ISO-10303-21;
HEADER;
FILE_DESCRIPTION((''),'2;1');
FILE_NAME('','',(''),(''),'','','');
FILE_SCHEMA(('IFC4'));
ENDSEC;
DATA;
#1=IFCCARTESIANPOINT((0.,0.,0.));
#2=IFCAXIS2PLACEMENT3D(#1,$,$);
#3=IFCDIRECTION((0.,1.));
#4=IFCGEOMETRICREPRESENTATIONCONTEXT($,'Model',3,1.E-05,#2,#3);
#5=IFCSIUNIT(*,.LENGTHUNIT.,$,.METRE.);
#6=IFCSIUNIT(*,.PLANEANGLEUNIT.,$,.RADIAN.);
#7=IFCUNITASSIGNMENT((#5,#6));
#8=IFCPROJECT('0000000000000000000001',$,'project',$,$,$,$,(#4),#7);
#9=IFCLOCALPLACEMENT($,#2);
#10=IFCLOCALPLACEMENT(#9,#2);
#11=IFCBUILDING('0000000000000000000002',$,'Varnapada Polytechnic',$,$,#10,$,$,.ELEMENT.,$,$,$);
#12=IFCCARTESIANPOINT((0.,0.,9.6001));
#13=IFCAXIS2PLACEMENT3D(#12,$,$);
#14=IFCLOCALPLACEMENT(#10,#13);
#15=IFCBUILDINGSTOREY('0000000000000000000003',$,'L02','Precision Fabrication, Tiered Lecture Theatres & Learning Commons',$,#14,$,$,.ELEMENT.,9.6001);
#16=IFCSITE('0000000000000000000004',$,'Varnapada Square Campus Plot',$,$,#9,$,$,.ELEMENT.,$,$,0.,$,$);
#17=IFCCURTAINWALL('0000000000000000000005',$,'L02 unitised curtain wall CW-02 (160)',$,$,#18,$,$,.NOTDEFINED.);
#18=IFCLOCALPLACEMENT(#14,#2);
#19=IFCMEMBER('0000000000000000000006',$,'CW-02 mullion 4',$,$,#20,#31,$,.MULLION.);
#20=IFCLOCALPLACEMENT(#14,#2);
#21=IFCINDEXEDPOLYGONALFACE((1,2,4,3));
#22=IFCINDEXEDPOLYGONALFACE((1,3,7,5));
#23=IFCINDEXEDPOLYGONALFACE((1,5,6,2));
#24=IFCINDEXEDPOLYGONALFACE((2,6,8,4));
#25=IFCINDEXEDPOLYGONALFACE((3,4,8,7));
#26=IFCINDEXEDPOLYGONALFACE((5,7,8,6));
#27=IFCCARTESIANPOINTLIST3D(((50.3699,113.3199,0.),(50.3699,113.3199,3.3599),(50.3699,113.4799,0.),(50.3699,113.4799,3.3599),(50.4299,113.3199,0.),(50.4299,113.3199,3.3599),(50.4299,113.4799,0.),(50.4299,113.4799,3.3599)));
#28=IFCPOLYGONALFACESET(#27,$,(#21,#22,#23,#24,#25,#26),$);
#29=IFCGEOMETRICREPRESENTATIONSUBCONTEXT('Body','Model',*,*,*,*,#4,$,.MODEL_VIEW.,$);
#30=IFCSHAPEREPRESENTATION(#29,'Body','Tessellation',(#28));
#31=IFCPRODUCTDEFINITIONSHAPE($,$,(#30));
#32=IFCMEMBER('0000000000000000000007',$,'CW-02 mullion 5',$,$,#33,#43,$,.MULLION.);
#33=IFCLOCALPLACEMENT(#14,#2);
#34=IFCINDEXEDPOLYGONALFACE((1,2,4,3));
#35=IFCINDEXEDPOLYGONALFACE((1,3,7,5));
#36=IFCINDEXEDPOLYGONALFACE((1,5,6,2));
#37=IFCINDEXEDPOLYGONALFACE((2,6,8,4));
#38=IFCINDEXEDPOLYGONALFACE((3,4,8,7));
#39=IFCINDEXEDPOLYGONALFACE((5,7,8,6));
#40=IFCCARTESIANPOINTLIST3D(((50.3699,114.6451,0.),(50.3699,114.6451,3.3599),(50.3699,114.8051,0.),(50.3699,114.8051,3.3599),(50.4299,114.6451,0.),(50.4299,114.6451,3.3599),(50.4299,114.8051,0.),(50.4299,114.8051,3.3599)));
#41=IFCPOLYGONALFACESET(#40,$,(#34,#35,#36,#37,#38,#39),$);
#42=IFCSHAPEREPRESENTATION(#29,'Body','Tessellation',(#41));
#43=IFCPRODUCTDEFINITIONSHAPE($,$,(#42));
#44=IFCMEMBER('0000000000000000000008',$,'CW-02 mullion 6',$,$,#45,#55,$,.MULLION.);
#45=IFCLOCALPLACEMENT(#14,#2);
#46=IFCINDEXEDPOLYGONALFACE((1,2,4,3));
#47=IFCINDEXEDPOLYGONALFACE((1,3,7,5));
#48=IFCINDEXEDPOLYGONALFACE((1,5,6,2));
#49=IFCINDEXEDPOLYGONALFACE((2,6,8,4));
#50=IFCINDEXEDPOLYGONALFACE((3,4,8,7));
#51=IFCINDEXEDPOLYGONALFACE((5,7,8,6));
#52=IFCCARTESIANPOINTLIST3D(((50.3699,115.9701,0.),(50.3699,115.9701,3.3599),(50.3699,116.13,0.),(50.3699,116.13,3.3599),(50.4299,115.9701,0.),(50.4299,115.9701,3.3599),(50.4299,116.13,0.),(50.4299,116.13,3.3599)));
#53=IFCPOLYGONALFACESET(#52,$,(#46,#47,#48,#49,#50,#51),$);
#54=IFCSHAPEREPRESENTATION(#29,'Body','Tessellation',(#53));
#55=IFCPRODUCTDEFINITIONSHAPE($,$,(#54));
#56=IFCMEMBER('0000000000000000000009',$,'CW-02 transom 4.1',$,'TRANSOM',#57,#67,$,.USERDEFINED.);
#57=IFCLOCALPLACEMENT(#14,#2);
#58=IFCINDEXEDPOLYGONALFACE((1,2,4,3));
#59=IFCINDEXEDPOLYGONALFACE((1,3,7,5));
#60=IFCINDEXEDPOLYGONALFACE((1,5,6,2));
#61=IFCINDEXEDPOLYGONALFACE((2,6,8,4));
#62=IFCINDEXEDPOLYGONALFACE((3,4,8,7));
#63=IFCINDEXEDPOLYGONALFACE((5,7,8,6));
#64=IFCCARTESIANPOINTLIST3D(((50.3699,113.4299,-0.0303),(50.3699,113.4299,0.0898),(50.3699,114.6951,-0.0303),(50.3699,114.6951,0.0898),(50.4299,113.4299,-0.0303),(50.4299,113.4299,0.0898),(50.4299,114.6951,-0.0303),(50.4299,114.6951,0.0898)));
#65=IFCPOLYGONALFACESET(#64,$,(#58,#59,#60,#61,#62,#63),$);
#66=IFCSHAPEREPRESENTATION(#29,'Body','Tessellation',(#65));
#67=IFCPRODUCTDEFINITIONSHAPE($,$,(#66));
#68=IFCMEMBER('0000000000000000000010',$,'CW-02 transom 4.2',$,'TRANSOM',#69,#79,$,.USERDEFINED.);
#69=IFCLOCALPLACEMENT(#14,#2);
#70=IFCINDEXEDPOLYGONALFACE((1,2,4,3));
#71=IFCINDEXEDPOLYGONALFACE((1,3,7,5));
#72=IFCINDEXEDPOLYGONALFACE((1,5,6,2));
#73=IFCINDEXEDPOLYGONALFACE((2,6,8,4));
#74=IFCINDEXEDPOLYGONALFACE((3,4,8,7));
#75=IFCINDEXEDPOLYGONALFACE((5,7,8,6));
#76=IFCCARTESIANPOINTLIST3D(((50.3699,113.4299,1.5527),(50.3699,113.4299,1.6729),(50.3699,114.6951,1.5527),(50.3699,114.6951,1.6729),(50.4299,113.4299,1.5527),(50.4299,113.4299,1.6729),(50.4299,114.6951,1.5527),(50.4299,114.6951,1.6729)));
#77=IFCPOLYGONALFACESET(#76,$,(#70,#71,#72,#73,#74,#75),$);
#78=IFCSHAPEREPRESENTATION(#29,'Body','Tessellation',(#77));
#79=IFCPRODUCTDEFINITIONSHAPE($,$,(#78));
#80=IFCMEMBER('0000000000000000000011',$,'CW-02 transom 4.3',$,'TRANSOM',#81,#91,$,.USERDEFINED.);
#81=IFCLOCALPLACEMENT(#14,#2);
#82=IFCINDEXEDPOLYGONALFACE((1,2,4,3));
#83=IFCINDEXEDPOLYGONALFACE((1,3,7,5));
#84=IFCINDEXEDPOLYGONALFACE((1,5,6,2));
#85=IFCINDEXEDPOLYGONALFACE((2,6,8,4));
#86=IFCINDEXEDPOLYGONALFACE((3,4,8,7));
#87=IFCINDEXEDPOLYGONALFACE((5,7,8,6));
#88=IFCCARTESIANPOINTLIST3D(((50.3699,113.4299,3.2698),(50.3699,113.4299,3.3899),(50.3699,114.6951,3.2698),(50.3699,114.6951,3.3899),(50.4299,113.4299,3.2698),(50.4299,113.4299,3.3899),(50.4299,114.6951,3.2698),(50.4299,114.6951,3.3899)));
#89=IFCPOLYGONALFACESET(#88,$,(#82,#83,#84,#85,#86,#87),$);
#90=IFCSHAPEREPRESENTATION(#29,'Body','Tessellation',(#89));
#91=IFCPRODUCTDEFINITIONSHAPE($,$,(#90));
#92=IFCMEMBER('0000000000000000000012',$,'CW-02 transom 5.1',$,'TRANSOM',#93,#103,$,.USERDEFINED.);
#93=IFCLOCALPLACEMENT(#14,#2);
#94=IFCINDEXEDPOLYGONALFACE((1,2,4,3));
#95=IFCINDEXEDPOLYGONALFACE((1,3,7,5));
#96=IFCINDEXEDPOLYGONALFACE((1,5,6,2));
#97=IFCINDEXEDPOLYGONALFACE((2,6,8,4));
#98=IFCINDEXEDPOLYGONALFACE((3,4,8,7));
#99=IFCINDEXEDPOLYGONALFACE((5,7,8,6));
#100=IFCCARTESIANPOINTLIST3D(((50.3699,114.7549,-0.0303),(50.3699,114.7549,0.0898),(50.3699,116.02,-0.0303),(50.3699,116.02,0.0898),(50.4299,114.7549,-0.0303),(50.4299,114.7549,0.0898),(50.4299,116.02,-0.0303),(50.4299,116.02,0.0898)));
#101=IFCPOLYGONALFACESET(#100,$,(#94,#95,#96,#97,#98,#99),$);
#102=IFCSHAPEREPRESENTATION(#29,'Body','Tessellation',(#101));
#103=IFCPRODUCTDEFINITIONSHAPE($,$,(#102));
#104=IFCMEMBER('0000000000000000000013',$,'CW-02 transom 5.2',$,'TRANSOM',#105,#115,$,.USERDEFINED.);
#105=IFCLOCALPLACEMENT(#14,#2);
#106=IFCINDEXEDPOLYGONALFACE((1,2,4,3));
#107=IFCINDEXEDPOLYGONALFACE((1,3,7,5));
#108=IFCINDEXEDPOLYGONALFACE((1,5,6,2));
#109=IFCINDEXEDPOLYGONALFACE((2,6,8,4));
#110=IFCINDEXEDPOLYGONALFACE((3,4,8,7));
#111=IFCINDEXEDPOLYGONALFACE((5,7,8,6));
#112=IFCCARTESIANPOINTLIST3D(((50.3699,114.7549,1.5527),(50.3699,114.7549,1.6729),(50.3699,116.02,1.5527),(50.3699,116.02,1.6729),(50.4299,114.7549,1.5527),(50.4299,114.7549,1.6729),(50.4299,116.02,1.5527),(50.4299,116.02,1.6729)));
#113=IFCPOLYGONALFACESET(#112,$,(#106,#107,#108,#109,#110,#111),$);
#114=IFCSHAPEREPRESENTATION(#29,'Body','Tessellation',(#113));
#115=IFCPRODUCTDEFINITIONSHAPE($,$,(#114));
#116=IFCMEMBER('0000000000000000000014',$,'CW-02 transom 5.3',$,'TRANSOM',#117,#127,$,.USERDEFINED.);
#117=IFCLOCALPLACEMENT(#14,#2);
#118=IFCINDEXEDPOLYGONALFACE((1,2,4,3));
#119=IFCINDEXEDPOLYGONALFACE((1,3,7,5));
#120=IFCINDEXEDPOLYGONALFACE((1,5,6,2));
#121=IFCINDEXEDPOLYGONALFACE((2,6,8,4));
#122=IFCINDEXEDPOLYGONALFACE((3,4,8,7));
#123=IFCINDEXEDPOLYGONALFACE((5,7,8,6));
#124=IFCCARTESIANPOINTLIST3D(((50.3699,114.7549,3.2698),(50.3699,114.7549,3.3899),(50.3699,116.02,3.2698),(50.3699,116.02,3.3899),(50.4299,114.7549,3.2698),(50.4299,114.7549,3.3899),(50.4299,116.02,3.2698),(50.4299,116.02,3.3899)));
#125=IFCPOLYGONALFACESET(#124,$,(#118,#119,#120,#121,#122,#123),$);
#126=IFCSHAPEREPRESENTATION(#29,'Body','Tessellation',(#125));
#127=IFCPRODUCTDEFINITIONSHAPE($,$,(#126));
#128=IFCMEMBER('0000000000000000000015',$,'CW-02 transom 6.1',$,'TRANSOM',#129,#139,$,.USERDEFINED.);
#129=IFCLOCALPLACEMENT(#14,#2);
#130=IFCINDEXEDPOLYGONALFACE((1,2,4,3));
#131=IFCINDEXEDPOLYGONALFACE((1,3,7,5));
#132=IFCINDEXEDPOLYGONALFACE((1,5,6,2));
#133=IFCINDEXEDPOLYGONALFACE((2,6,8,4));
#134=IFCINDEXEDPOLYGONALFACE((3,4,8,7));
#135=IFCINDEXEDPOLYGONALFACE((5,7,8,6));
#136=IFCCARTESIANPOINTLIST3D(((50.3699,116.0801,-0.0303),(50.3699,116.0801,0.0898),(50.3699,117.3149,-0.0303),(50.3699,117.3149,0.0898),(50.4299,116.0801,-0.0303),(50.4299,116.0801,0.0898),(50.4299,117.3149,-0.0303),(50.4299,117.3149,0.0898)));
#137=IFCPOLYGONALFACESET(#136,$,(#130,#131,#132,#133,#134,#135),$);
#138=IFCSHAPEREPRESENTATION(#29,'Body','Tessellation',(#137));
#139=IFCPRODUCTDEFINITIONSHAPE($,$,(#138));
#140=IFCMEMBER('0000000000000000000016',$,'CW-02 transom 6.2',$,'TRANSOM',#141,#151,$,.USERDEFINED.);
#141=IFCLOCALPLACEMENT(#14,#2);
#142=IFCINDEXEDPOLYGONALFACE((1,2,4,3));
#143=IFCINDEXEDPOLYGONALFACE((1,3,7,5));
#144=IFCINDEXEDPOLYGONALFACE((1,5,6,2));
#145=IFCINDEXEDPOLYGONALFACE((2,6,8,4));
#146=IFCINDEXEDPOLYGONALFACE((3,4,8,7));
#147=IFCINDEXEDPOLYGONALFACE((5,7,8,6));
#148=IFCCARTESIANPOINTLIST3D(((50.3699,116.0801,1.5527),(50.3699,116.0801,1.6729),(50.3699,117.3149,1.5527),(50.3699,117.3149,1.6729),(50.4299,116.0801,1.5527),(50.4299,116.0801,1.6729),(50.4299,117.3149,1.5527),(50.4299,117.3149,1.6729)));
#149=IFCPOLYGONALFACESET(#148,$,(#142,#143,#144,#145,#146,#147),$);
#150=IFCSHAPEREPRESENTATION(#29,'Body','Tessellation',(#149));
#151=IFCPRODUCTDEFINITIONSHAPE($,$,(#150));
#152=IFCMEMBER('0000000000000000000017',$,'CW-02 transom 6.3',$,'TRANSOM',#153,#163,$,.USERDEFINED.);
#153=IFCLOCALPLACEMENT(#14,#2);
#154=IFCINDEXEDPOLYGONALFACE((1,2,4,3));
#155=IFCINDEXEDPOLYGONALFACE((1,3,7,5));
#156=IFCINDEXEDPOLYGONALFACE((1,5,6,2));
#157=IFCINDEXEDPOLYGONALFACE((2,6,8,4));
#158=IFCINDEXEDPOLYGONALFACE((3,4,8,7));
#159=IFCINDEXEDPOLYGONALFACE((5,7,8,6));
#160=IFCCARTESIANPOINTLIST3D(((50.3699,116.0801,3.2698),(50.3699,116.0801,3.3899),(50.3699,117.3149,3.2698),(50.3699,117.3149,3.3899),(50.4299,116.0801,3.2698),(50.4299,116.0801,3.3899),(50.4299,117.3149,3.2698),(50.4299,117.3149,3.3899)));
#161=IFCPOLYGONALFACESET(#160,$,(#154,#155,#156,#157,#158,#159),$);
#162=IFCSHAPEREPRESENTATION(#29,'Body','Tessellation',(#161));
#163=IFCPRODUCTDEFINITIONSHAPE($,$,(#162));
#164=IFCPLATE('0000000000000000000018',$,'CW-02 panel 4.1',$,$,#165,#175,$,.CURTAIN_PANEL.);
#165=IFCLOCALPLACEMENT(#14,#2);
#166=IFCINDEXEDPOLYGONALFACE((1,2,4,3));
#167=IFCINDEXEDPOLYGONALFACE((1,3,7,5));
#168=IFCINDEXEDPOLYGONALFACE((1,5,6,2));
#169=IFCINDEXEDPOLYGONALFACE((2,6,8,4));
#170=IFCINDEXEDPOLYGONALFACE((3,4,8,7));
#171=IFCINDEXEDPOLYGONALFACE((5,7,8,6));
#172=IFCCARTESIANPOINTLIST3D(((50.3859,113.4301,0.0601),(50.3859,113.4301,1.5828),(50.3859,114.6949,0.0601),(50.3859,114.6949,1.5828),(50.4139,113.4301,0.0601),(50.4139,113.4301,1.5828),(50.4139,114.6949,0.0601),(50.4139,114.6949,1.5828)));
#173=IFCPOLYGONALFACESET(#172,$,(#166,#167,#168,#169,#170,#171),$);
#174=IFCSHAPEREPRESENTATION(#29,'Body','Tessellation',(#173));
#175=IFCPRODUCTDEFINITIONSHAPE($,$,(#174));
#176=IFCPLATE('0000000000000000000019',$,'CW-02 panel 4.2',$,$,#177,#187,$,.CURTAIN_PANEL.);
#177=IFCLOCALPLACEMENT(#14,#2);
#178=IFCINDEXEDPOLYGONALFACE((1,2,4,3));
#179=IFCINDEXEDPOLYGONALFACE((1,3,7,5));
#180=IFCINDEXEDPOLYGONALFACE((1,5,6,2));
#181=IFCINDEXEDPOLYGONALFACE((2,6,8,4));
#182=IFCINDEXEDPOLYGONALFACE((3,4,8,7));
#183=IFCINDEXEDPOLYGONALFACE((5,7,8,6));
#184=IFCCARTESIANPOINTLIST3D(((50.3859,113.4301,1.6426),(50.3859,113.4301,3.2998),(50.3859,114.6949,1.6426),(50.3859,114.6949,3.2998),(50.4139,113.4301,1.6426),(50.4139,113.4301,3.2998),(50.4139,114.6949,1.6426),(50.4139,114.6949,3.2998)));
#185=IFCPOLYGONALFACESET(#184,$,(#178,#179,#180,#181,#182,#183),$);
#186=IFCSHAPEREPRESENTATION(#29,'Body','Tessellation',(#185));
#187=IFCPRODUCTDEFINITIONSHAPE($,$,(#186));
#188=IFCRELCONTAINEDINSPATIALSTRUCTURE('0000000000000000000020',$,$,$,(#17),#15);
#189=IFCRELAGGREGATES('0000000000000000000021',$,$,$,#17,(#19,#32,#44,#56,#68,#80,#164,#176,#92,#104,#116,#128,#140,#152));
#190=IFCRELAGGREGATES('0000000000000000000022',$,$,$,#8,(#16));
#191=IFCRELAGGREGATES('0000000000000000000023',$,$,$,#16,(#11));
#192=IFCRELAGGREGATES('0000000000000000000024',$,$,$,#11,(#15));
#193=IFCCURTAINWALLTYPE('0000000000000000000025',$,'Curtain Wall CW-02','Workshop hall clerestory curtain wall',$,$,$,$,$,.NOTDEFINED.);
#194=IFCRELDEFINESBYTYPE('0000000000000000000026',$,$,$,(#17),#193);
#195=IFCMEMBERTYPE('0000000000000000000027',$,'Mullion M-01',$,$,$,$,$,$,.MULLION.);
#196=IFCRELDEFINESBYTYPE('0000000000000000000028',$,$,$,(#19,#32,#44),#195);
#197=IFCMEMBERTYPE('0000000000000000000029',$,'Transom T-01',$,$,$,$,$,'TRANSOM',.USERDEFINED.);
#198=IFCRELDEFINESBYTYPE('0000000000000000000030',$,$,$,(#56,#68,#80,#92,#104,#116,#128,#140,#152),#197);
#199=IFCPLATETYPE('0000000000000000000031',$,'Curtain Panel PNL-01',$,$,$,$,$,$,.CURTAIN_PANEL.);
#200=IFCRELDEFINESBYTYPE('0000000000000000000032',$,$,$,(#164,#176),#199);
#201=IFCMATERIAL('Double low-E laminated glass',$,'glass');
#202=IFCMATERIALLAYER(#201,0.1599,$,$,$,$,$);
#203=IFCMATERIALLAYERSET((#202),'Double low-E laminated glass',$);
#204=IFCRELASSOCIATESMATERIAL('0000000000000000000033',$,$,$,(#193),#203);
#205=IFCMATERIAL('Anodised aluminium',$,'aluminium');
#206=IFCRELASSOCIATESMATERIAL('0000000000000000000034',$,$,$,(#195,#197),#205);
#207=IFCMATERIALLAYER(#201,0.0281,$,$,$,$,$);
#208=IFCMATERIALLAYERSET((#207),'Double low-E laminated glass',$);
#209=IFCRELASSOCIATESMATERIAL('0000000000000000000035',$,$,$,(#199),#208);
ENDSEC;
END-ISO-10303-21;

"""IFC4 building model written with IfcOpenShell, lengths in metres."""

from ifc_helpers import new_model, si_unit, direction, frame, origin, origin_2d, place, context, subcontext, project, spatial, rectangle, extrude, material, layer, layer_set, material_profile, profile_set, type_object, element, aggregate, save


model = new_model("IFC4")

# Units and contexts
model_context = context("Model", 3, precision=1e-05, world=origin(), true_north=direction((0.0, 1.0)))
body_context = subcontext(model_context, "Body", "Model", "MODEL_VIEW")
ifc_project = project(units=[si_unit("LENGTHUNIT", "METRE"), si_unit("PLANEANGLEUNIT", "RADIAN")], contexts=[model_context])

# Site, building, storey
site_placement = place(None, origin())
site = spatial("IfcSite", under=ifc_project, at=site_placement, Name="Varnapada Square Campus Plot", CompositionType="ELEMENT", RefElevation=0.0)
building_placement = place(site_placement, origin())
building = spatial("IfcBuilding", under=site, at=building_placement, Name="Varnapada Polytechnic", CompositionType="ELEMENT")
storey_placement = place(building_placement, frame((0.0, 0.0, 9.6001)))
storey = spatial("IfcBuildingStorey", under=building, at=storey_placement, Name="L02", Description="Precision Fabrication, Tiered Lecture Theatres & Learning Commons", CompositionType="ELEMENT", Elevation=9.6001)

# Curtain wall, members, plates
ifc_material_1 = material(Name="Double low-E laminated glass", Category="glass")
ifc_layer_1 = layer(ifc_material_1, 0.1599)
ifc_layer_set_1 = layer_set([ifc_layer_1], Name="Double low-E laminated glass")
curtain_wall_type = type_object("IfcCurtainWallType", Name="Curtain Wall CW-02", Description="Workshop hall clerestory curtain wall", PredefinedType="NOTDEFINED", material=ifc_layer_set_1)
curtain_wall_placement = place(storey_placement, origin())
curtain_wall = element("IfcCurtainWall", 1, at=curtain_wall_placement, inside=storey, type_object=curtain_wall_type, Name="L02 unitised curtain wall CW-02 (160)", PredefinedType="NOTDEFINED")
ifc_material_2 = material(Name="Anodised aluminium", Category="aluminium")
ifc_material_profile_1 = material_profile(ifc_material_2, rectangle(XDim=0.0601, YDim=0.1599, at=origin_2d()), Name="ALU M60x160")
ifc_profile_set_1 = profile_set([ifc_material_profile_1], Name="Anodised aluminium")
member_type_1 = type_object("IfcMemberType", Name="Mullion M-01", PredefinedType="MULLION", material=ifc_profile_set_1)
member_1_placement = place(storey_placement, frame((50.3999, 113.3999, 0.0), z_axis=(0.0, 0.0, 1.0), x_axis=(-1.0, 0.0, 0.0)))
member_1 = element("IfcMember", 2, at=member_1_placement, type_object=member_type_1, Name="CW-02 mullion 4", PredefinedType="MULLION", context=body_context, shape_type="SweptSolid", body=[
    extrude(rectangle(XDim=0.0601, YDim=0.1599, at=origin_2d()), origin(), (0.0, 0.0, 1.0), 3.3599),
])
member_2_placement = place(storey_placement, frame((50.3999, 114.7251, 0.0), z_axis=(0.0, 0.0, 1.0), x_axis=(-1.0, 0.0, 0.0)))
member_2 = element("IfcMember", 3, at=member_2_placement, type_object=member_type_1, Name="CW-02 mullion 5", PredefinedType="MULLION", context=body_context, shape_type="SweptSolid", body=[
    extrude(rectangle(XDim=0.0601, YDim=0.1599, at=origin_2d()), origin(), (0.0, 0.0, 1.0), 3.3599),
])
member_3_placement = place(storey_placement, frame((50.3999, 116.05, 0.0), z_axis=(0.0, 0.0, 1.0), x_axis=(-1.0, 0.0, 0.0)))
member_3 = element("IfcMember", 4, at=member_3_placement, type_object=member_type_1, Name="CW-02 mullion 6", PredefinedType="MULLION", context=body_context, shape_type="SweptSolid", body=[
    extrude(rectangle(XDim=0.0601, YDim=0.1599, at=origin_2d()), origin(), (0.0, 0.0, 1.0), 3.3599),
])
ifc_material_profile_2 = material_profile(ifc_material_2, rectangle(XDim=0.0601, YDim=0.1201, at=origin_2d()), Name="ALU T60x120")
ifc_profile_set_2 = profile_set([ifc_material_profile_2], Name="Anodised aluminium")
member_type_2 = type_object("IfcMemberType", Name="Transom T-01", ElementType="TRANSOM", PredefinedType="USERDEFINED", material=ifc_profile_set_2)
member_4_placement = place(storey_placement, frame((50.3999, 113.4299, 0.0298), z_axis=(0.0, 1.0, 0.0), x_axis=(-1.0, 0.0, 0.0)))
member_4 = element("IfcMember", 5, at=member_4_placement, type_object=member_type_2, Name="CW-02 transom 4.1", ObjectType="TRANSOM", PredefinedType="USERDEFINED", context=body_context, shape_type="SweptSolid", body=[
    extrude(rectangle(XDim=0.0601, YDim=0.1201, at=origin_2d()), origin(), (0.0, 0.0, 1.0), 1.2651),
])
member_5_placement = place(storey_placement, frame((50.3999, 113.4299, 1.6128), z_axis=(0.0, 1.0, 0.0), x_axis=(-1.0, 0.0, 0.0)))
member_5 = element("IfcMember", 6, at=member_5_placement, type_object=member_type_2, Name="CW-02 transom 4.2", ObjectType="TRANSOM", PredefinedType="USERDEFINED", context=body_context, shape_type="SweptSolid", body=[
    extrude(rectangle(XDim=0.0601, YDim=0.1201, at=origin_2d()), origin(), (0.0, 0.0, 1.0), 1.2651),
])
member_6_placement = place(storey_placement, frame((50.3999, 113.4299, 3.3298), z_axis=(0.0, 1.0, 0.0), x_axis=(-1.0, 0.0, 0.0)))
member_6 = element("IfcMember", 7, at=member_6_placement, type_object=member_type_2, Name="CW-02 transom 4.3", ObjectType="TRANSOM", PredefinedType="USERDEFINED", context=body_context, shape_type="SweptSolid", body=[
    extrude(rectangle(XDim=0.0601, YDim=0.1201, at=origin_2d()), origin(), (0.0, 0.0, 1.0), 1.2651),
])
member_7_placement = place(storey_placement, frame((50.3999, 114.7549, 0.0298), z_axis=(0.0, 1.0, 0.0), x_axis=(-1.0, 0.0, 0.0)))
member_7 = element("IfcMember", 8, at=member_7_placement, type_object=member_type_2, Name="CW-02 transom 5.1", ObjectType="TRANSOM", PredefinedType="USERDEFINED", context=body_context, shape_type="SweptSolid", body=[
    extrude(rectangle(XDim=0.0601, YDim=0.1201, at=origin_2d()), origin(), (0.0, 0.0, 1.0), 1.2651),
])
member_8_placement = place(storey_placement, frame((50.3999, 114.7549, 1.6128), z_axis=(0.0, 1.0, 0.0), x_axis=(-1.0, 0.0, 0.0)))
member_8 = element("IfcMember", 9, at=member_8_placement, type_object=member_type_2, Name="CW-02 transom 5.2", ObjectType="TRANSOM", PredefinedType="USERDEFINED", context=body_context, shape_type="SweptSolid", body=[
    extrude(rectangle(XDim=0.0601, YDim=0.1201, at=origin_2d()), origin(), (0.0, 0.0, 1.0), 1.2651),
])
member_9_placement = place(storey_placement, frame((50.3999, 114.7549, 3.3298), z_axis=(0.0, 1.0, 0.0), x_axis=(-1.0, 0.0, 0.0)))
member_9 = element("IfcMember", 10, at=member_9_placement, type_object=member_type_2, Name="CW-02 transom 5.3", ObjectType="TRANSOM", PredefinedType="USERDEFINED", context=body_context, shape_type="SweptSolid", body=[
    extrude(rectangle(XDim=0.0601, YDim=0.1201, at=origin_2d()), origin(), (0.0, 0.0, 1.0), 1.2651),
])
member_10_placement = place(storey_placement, frame((50.3999, 116.0801, 0.0298), z_axis=(0.0, 1.0, 0.0), x_axis=(-1.0, 0.0, 0.0)))
member_10 = element("IfcMember", 11, at=member_10_placement, type_object=member_type_2, Name="CW-02 transom 6.1", ObjectType="TRANSOM", PredefinedType="USERDEFINED", context=body_context, shape_type="SweptSolid", body=[
    extrude(rectangle(XDim=0.0601, YDim=0.1201, at=origin_2d()), origin(), (0.0, 0.0, 1.0), 1.2349),
])
member_11_placement = place(storey_placement, frame((50.3999, 116.0801, 1.6128), z_axis=(0.0, 1.0, 0.0), x_axis=(-1.0, 0.0, 0.0)))
member_11 = element("IfcMember", 12, at=member_11_placement, type_object=member_type_2, Name="CW-02 transom 6.2", ObjectType="TRANSOM", PredefinedType="USERDEFINED", context=body_context, shape_type="SweptSolid", body=[
    extrude(rectangle(XDim=0.0601, YDim=0.1201, at=origin_2d()), origin(), (0.0, 0.0, 1.0), 1.2349),
])
member_12_placement = place(storey_placement, frame((50.3999, 116.0801, 3.3298), z_axis=(0.0, 1.0, 0.0), x_axis=(-1.0, 0.0, 0.0)))
member_12 = element("IfcMember", 13, at=member_12_placement, type_object=member_type_2, Name="CW-02 transom 6.3", ObjectType="TRANSOM", PredefinedType="USERDEFINED", context=body_context, shape_type="SweptSolid", body=[
    extrude(rectangle(XDim=0.0601, YDim=0.1201, at=origin_2d()), origin(), (0.0, 0.0, 1.0), 1.2349),
])
ifc_layer_2 = layer(ifc_material_1, 0.0281)
ifc_layer_set_2 = layer_set([ifc_layer_2], Name="Double low-E laminated glass")
plate_type = type_object("IfcPlateType", Name="Curtain Panel PNL-01", PredefinedType="CURTAIN_PANEL", material=ifc_layer_set_2)
plate_1_placement = place(storey_placement, frame((50.3999, 114.0625, 0.0601), z_axis=(0.0, 0.0, 1.0), x_axis=(0.0, 1.0, 0.0)))
plate_1 = element("IfcPlate", 14, at=plate_1_placement, type_object=plate_type, Name="CW-02 panel 4.1", PredefinedType="CURTAIN_PANEL", context=body_context, shape_type="SweptSolid", body=[
    extrude(rectangle(XDim=1.2649, YDim=0.0281, at=origin_2d()), origin(), (0.0, 0.0, 1.0), 1.5227),
])
plate_2_placement = place(storey_placement, frame((50.3999, 114.0625, 1.6426), z_axis=(0.0, 0.0, 1.0), x_axis=(0.0, 1.0, 0.0)))
plate_2 = element("IfcPlate", 15, at=plate_2_placement, type_object=plate_type, Name="CW-02 panel 4.2", PredefinedType="CURTAIN_PANEL", context=body_context, shape_type="SweptSolid", body=[
    extrude(rectangle(XDim=1.2649, YDim=0.0281, at=origin_2d()), origin(), (0.0, 0.0, 1.0), 1.6572),
])
aggregate(curtain_wall, [member_1, member_2, member_3, member_4, member_5, member_6, plate_1, plate_2, member_7, member_8, member_9, member_10, member_11, member_12])

save(model, "model.ifc")
